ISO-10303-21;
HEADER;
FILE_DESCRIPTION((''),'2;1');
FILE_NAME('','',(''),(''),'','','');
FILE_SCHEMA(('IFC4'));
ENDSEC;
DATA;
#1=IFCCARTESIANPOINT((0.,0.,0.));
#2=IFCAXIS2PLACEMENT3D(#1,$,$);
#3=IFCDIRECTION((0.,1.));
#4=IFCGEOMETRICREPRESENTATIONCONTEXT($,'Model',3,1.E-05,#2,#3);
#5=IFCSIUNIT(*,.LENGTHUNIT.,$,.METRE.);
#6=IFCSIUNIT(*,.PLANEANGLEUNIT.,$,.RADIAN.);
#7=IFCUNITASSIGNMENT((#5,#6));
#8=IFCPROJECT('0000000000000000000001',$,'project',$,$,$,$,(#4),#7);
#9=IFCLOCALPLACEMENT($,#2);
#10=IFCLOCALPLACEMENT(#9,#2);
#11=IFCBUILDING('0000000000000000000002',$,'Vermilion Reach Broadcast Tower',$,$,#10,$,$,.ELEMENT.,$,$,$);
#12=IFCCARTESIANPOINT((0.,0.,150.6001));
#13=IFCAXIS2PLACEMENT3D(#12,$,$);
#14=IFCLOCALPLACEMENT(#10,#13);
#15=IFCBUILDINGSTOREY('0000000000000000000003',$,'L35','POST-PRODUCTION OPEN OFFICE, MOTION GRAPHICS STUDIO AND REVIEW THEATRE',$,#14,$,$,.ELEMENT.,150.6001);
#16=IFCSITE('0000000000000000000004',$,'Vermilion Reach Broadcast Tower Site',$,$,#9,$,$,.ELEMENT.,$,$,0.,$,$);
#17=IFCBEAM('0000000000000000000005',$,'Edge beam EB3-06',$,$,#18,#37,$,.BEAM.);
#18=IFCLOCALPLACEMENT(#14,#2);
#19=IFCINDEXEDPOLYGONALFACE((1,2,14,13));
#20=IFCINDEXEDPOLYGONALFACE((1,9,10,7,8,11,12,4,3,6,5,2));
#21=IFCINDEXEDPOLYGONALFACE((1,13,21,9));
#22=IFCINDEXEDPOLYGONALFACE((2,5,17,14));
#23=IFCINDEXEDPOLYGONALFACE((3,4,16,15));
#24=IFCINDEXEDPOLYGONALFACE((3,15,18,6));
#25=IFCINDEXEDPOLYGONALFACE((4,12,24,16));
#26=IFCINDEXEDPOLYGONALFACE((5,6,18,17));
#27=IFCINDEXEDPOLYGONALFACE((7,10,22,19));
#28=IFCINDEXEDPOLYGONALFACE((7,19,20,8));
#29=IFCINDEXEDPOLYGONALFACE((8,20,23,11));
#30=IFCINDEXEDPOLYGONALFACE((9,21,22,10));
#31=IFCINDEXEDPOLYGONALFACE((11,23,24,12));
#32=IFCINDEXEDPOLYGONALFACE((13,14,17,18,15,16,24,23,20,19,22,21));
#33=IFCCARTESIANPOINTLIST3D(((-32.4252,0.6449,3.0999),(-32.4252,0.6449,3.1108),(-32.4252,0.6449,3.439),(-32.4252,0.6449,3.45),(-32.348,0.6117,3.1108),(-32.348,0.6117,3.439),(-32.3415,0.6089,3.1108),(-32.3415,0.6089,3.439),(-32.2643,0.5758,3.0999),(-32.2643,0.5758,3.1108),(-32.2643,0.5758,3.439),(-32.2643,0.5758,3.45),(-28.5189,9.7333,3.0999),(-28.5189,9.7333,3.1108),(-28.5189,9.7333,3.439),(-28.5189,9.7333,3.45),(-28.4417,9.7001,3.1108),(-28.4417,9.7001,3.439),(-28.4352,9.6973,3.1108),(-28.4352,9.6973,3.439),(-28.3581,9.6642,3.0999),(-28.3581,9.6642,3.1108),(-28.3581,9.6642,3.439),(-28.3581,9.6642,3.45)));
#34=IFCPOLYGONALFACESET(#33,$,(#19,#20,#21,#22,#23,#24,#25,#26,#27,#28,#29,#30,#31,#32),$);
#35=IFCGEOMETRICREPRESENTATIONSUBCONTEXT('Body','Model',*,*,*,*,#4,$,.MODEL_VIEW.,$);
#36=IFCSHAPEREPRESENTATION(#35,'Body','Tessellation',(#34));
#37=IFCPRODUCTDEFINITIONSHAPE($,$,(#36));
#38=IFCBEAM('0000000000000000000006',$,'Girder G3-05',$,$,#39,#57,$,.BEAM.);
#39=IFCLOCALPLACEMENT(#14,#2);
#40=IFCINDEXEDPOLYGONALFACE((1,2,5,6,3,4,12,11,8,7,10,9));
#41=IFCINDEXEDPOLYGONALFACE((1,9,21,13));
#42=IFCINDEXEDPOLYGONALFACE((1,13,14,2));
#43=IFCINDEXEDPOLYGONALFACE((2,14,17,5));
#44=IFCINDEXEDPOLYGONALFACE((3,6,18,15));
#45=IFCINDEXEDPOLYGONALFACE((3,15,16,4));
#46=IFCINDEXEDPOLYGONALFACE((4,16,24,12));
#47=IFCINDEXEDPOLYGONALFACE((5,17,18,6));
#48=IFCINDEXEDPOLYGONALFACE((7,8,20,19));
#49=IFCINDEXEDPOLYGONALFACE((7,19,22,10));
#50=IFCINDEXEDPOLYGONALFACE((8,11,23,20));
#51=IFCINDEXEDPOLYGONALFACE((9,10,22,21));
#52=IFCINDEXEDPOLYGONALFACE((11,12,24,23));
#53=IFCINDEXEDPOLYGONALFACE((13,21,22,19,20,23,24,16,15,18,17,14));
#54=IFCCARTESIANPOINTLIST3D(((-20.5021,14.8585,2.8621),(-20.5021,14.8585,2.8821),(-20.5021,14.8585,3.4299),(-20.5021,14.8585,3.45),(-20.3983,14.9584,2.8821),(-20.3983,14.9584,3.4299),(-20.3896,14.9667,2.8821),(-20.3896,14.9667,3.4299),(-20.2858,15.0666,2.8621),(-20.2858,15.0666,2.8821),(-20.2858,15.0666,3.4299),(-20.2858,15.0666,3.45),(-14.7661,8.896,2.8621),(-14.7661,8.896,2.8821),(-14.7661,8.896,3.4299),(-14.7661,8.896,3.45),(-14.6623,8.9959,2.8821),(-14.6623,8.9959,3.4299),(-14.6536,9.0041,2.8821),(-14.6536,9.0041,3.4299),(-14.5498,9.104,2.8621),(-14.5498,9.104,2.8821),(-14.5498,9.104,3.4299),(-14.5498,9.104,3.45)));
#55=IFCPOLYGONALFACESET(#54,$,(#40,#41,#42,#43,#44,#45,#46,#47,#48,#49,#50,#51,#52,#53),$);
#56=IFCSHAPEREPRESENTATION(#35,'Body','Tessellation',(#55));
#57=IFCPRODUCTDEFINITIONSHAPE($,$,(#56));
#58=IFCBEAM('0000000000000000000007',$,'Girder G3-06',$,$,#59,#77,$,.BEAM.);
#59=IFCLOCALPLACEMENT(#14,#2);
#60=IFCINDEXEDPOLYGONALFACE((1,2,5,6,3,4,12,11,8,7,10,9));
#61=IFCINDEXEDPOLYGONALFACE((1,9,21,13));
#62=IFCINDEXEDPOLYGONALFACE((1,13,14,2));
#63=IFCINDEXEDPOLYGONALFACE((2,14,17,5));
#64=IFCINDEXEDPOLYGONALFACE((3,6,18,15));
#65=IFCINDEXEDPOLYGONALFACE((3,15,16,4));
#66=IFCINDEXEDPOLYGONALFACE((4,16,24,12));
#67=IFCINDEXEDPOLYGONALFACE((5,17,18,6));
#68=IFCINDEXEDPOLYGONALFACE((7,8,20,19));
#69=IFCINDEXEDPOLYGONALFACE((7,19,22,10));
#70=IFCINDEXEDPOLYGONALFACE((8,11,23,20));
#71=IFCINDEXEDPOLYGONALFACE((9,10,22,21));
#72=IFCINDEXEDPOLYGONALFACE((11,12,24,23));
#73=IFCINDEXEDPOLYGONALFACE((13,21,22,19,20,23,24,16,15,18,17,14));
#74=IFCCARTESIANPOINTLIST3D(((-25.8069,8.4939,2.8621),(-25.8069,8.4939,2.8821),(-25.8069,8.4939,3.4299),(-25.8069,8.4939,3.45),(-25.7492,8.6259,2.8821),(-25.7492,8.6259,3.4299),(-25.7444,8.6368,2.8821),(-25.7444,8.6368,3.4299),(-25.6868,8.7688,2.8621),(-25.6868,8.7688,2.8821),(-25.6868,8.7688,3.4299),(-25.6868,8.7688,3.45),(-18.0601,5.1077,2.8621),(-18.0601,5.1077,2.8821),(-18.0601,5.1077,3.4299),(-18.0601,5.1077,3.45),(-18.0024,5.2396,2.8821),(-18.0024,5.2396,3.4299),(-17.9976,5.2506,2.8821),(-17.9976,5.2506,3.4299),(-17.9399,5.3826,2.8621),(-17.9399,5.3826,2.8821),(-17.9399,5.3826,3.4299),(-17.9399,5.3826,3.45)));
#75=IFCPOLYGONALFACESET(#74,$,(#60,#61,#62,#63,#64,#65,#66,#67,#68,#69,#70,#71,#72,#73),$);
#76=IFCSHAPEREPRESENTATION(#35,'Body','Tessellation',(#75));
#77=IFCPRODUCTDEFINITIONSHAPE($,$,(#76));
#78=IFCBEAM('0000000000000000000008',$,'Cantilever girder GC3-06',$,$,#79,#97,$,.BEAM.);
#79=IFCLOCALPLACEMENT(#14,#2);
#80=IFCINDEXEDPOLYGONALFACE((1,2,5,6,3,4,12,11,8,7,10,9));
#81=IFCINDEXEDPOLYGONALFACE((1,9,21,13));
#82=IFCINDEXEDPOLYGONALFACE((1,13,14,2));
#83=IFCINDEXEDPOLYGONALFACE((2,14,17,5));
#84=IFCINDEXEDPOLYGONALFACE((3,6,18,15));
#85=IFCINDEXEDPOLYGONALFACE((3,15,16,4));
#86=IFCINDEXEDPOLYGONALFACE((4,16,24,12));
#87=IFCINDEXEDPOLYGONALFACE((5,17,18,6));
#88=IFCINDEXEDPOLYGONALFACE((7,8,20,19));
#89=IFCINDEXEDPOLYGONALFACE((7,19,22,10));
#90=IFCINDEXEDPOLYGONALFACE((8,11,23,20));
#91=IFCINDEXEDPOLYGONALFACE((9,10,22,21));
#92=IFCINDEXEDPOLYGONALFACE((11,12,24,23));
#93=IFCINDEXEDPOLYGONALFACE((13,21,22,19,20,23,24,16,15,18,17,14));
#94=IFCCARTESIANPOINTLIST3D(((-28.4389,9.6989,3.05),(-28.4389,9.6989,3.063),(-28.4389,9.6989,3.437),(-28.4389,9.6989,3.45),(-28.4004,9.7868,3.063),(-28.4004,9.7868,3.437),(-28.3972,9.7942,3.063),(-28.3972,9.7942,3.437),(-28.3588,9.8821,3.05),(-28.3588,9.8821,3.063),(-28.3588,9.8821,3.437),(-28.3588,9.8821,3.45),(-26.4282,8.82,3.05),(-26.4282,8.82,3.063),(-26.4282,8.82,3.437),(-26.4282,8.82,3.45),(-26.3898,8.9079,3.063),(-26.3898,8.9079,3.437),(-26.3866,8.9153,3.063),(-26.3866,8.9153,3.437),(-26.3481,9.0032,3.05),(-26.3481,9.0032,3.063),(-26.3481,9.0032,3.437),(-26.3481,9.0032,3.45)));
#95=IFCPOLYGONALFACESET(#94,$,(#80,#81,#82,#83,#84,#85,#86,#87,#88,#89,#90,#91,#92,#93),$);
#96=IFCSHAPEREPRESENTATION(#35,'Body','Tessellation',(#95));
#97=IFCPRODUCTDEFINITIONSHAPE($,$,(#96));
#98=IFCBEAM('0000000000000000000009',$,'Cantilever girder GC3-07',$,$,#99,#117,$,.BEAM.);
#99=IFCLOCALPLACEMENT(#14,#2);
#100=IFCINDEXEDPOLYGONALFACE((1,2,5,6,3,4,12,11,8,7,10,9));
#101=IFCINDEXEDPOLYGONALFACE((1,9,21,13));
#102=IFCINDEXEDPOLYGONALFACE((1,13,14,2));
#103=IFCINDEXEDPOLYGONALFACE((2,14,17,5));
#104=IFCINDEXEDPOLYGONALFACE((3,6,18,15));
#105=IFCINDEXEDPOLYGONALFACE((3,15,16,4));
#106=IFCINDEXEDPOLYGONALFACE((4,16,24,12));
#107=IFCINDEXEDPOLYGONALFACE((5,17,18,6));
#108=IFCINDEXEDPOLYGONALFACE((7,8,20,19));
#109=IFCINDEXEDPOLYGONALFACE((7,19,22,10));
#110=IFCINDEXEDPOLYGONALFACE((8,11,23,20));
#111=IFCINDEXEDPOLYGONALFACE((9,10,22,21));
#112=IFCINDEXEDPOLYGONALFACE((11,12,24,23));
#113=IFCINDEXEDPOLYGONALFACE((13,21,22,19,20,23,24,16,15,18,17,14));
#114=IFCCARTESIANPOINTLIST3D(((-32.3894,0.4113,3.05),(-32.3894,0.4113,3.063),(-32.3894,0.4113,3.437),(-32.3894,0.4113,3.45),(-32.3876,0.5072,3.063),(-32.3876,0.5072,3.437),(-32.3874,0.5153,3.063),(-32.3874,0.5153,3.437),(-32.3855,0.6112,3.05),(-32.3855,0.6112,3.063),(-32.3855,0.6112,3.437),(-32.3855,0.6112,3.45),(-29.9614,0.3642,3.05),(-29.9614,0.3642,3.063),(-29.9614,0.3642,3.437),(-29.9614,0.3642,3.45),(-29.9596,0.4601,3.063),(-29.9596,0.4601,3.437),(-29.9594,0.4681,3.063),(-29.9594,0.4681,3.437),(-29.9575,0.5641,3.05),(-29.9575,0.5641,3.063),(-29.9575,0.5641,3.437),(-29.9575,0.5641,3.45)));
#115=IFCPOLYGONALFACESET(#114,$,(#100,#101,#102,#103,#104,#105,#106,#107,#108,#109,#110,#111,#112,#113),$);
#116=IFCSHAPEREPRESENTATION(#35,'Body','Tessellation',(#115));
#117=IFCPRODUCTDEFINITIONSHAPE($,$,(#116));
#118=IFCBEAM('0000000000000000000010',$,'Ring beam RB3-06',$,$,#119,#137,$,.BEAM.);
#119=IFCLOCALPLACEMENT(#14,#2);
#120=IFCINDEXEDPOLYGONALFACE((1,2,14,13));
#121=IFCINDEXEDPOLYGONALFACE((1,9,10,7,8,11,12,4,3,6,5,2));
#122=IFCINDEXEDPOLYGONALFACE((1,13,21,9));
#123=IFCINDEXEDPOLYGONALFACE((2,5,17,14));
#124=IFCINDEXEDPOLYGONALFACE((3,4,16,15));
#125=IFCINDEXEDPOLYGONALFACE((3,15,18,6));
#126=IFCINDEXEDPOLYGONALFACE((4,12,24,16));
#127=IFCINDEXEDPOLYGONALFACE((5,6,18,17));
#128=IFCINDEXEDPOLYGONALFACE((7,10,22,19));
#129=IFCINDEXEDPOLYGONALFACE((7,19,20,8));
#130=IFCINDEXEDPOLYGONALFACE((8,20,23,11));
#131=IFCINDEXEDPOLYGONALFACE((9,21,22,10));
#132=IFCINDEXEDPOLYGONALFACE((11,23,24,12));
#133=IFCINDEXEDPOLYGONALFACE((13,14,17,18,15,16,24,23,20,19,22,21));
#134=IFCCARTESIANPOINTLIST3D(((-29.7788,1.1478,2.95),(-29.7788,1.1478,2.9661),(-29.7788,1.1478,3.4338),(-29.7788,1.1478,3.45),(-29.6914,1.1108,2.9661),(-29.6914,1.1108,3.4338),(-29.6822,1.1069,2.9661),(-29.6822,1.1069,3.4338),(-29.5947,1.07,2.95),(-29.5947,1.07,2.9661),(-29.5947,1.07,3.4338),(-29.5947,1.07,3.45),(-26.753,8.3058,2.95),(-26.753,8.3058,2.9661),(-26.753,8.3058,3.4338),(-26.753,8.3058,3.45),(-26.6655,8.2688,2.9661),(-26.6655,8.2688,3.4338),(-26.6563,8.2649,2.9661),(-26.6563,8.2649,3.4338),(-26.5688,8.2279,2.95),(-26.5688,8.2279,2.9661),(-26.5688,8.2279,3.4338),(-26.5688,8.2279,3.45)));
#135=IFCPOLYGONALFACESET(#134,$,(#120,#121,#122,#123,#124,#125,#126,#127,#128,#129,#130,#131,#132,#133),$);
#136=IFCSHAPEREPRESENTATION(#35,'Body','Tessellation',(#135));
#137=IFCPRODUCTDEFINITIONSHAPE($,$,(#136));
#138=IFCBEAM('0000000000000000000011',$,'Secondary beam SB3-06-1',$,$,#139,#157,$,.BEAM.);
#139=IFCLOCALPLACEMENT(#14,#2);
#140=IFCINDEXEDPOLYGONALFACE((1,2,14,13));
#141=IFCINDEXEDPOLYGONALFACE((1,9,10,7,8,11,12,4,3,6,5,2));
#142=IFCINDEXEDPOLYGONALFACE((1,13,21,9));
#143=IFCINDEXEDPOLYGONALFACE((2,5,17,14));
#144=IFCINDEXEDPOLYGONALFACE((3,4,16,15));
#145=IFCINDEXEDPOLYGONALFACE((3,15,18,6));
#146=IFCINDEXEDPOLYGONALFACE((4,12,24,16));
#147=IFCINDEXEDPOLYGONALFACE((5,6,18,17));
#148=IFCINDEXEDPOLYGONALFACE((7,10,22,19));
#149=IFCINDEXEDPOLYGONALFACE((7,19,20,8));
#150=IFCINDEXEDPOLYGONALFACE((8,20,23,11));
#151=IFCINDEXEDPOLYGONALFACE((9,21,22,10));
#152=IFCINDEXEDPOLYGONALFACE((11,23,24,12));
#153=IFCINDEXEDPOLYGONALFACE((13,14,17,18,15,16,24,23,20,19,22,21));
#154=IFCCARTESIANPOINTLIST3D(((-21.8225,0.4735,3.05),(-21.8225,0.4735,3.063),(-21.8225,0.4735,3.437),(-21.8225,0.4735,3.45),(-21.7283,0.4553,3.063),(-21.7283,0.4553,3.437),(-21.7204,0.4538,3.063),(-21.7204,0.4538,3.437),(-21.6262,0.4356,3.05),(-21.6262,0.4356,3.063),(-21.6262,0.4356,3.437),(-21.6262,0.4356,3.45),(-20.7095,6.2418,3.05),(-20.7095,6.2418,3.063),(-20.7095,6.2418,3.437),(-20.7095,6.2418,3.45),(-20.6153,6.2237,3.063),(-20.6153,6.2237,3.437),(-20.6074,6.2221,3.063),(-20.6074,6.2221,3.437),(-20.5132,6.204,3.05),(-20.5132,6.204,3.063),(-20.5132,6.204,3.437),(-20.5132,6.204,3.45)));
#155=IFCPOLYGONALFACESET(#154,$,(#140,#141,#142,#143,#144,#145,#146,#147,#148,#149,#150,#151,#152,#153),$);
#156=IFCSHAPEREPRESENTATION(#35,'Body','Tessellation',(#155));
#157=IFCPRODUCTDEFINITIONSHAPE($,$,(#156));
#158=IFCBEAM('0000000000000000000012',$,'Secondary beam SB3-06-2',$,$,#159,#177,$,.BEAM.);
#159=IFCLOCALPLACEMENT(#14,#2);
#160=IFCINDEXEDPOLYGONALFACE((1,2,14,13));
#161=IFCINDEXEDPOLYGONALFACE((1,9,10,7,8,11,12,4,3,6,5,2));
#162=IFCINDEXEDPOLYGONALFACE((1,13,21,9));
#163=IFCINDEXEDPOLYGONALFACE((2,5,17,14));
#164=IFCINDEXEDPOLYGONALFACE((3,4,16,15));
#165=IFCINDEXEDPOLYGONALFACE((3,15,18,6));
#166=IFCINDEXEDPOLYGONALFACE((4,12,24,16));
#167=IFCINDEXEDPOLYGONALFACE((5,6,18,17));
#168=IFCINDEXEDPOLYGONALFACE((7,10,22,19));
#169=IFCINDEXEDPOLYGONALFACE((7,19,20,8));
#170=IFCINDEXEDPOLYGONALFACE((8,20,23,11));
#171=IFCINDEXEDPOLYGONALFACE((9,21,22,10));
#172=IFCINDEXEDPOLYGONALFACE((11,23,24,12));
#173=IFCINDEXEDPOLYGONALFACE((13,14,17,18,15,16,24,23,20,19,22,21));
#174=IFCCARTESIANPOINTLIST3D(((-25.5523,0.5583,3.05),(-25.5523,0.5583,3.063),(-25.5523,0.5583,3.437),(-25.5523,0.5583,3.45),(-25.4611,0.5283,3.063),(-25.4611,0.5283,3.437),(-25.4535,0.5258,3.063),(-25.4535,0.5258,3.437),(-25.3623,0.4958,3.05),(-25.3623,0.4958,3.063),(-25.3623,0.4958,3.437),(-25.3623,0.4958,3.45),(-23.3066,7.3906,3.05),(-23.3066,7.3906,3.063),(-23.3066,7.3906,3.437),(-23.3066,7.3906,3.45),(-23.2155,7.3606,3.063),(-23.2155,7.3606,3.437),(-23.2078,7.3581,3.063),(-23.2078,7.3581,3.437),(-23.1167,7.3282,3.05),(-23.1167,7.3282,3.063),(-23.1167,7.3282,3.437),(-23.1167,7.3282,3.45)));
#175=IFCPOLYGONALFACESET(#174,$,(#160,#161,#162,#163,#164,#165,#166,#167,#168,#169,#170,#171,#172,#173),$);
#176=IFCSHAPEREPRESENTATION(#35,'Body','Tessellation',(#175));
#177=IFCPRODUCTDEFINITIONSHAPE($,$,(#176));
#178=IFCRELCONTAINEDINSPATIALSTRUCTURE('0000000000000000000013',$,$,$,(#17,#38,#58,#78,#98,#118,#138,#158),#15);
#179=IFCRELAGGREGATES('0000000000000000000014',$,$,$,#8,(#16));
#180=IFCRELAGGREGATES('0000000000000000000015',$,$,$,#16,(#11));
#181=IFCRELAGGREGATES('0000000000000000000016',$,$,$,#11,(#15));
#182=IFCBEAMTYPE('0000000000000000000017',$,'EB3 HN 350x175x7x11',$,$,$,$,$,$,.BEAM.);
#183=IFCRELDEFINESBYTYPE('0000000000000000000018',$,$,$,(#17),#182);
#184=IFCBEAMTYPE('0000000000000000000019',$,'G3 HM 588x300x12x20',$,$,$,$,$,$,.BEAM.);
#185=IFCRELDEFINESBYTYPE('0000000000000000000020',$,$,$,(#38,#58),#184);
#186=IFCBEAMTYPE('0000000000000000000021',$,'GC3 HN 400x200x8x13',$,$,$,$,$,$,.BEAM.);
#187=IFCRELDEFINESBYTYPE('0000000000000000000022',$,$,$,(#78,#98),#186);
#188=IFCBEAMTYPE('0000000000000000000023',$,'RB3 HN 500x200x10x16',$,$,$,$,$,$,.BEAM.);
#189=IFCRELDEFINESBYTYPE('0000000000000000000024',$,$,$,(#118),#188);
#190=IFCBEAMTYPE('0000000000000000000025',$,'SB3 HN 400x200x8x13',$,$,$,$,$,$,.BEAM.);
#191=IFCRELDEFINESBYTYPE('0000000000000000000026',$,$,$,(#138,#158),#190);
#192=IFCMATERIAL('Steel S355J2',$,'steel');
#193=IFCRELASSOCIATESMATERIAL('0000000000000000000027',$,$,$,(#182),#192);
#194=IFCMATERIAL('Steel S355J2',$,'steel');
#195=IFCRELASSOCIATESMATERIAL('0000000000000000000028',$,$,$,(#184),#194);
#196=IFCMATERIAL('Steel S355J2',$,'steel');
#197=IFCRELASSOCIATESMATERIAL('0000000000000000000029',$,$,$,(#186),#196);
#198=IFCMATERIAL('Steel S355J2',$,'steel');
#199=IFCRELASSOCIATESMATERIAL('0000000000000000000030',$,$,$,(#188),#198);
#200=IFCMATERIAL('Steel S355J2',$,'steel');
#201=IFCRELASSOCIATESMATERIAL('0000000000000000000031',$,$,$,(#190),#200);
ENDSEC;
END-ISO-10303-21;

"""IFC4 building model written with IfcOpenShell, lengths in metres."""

from ifc_helpers import new_model, si_unit, direction, frame, origin, origin_2d, place, context, subcontext, project, spatial, i_section, extrude, material, material_profile, profile_set, type_object, element, save


model = new_model("IFC4")

# Units and contexts
model_context = context("Model", 3, precision=1e-05, world=origin(), true_north=direction((0.0, 1.0)))
body_context = subcontext(model_context, "Body", "Model", "MODEL_VIEW")
ifc_project = project(units=[si_unit("LENGTHUNIT", "METRE"), si_unit("PLANEANGLEUNIT", "RADIAN")], contexts=[model_context])

# Site, building, storey
site_placement = place(None, origin())
site = spatial("IfcSite", under=ifc_project, at=site_placement, Name="Vermilion Reach Broadcast Tower Site", CompositionType="ELEMENT", RefElevation=0.0)
building_placement = place(site_placement, origin())
building = spatial("IfcBuilding", under=site, at=building_placement, Name="Vermilion Reach Broadcast Tower", CompositionType="ELEMENT")
storey_placement = place(building_placement, frame((0.0, 0.0, 150.6001)))
storey = spatial("IfcBuildingStorey", under=building, at=storey_placement, Name="L35", Description="POST-PRODUCTION OPEN OFFICE, MOTION GRAPHICS STUDIO AND REVIEW THEATRE", CompositionType="ELEMENT", Elevation=150.6001)

# Beams
ifc_material_1 = material(Name="Steel S355J2", Category="steel")
ifc_material_profile_1 = material_profile(ifc_material_1, i_section(OverallWidth=0.175, OverallDepth=0.3501, WebThickness=0.0071, FlangeThickness=0.011, at=origin_2d()), Name="S355J2 HN 350x175x7x11")
ifc_profile_set_1 = profile_set([ifc_material_profile_1], Name="Steel S355J2")
beam_type_1 = type_object("IfcBeamType", Name="EB3 HN 350x175x7x11", PredefinedType="BEAM", material=ifc_profile_set_1)
beam_1_placement = place(storey_placement, frame((-28.4385, 9.6987, 3.2749), z_axis=(-0.394878, -0.918733, 0.0), x_axis=(0.918733, -0.394878, 0.0)))
element("IfcBeam", 1, at=beam_1_placement, inside=storey, type_object=beam_type_1, Name="Edge beam EB3-06", PredefinedType="BEAM", context=body_context, shape_type="SweptSolid", body=[
    extrude(i_section(OverallWidth=0.175, OverallDepth=0.3501, WebThickness=0.0071, FlangeThickness=0.011, at=origin_2d()), origin(), (0.0, 0.0, 1.0), 9.8923),
])
ifc_material_2 = material(Name="Steel S355J2", Category="steel")
ifc_material_profile_2 = material_profile(ifc_material_2, i_section(OverallWidth=0.3, OverallDepth=0.5879, WebThickness=0.012, FlangeThickness=0.02, at=origin_2d()), Name="S355J2 HM 588x300x12x20")
ifc_profile_set_2 = profile_set([ifc_material_profile_2], Name="Steel S355J2")
beam_type_2 = type_object("IfcBeamType", Name="G3 HM 588x300x12x20", PredefinedType="BEAM", material=ifc_profile_set_2)
beam_2_placement = place(storey_placement, frame((-14.658, 9.0, 3.156), z_axis=(-0.693283, 0.720666, 0.0), x_axis=(-0.720666, -0.693283, 0.0)))
element("IfcBeam", 2, at=beam_2_placement, inside=storey, type_object=beam_type_2, Name="Girder G3-05", PredefinedType="BEAM", context=body_context, shape_type="SweptSolid", body=[
    extrude(i_section(OverallWidth=0.3, OverallDepth=0.5879, WebThickness=0.012, FlangeThickness=0.02, at=origin_2d()), origin(), (0.0, 0.0, 1.0), 8.2737),
])
beam_3_placement = place(storey_placement, frame((-18.0, 5.2451, 3.156), z_axis=(-0.916288, 0.40052, 0.0), x_axis=(-0.40052, -0.916288, 0.0)))
element("IfcBeam", 3, at=beam_3_placement, inside=storey, type_object=beam_type_2, Name="Girder G3-06", PredefinedType="BEAM", context=body_context, shape_type="SweptSolid", body=[
    extrude(i_section(OverallWidth=0.3, OverallDepth=0.5879, WebThickness=0.012, FlangeThickness=0.02, at=origin_2d()), origin(), (0.0, 0.0, 1.0), 8.4546),
])
ifc_material_3 = material(Name="Steel S355J2", Category="steel")
ifc_material_profile_3 = material_profile(ifc_material_3, i_section(OverallWidth=0.2, OverallDepth=0.3999, WebThickness=0.0081, FlangeThickness=0.0129, at=origin_2d()), Name="S355J2 HN 400x200x8x13")
ifc_profile_set_3 = profile_set([ifc_material_profile_3], Name="Steel S355J2")
beam_type_3 = type_object("IfcBeamType", Name="GC3 HN 400x200x8x13", PredefinedType="BEAM", material=ifc_profile_set_3)
beam_4_placement = place(storey_placement, frame((-26.3882, 8.9116, 3.25), z_axis=(-0.91629, 0.400515, 0.0), x_axis=(-0.400515, -0.91629, 0.0)))
element("IfcBeam", 4, at=beam_4_placement, inside=storey, type_object=beam_type_3, Name="Cantilever girder GC3-06", PredefinedType="BEAM", context=body_context, shape_type="SweptSolid", body=[
    extrude(i_section(OverallWidth=0.2, OverallDepth=0.3999, WebThickness=0.0081, FlangeThickness=0.0129, at=origin_2d()), origin(), (0.0, 0.0, 1.0), 2.1943),
])
beam_5_placement = place(storey_placement, frame((-29.9595, 0.4641, 3.25), z_axis=(-0.999812, 0.019403, 0.0), x_axis=(-0.019403, -0.999812, 0.0)))
element("IfcBeam", 5, at=beam_5_placement, inside=storey, type_object=beam_type_3, Name="Cantilever girder GC3-07", PredefinedType="BEAM", context=body_context, shape_type="SweptSolid", body=[
    extrude(i_section(OverallWidth=0.2, OverallDepth=0.3999, WebThickness=0.0081, FlangeThickness=0.0129, at=origin_2d()), origin(), (0.0, 0.0, 1.0), 2.4285),
])
ifc_material_4 = material(Name="Steel S355J2", Category="steel")
ifc_material_profile_4 = material_profile(ifc_material_4, i_section(OverallWidth=0.2, OverallDepth=0.5, WebThickness=0.01, FlangeThickness=0.0161, at=origin_2d()), Name="S355J2 HN 500x200x10x16")
ifc_profile_set_4 = profile_set([ifc_material_profile_4], Name="Steel S355J2")
beam_type_4 = type_object("IfcBeamType", Name="RB3 HN 500x200x10x16", PredefinedType="BEAM", material=ifc_profile_set_4)
beam_6_placement = place(storey_placement, frame((-26.6609, 8.2668, 3.2), z_axis=(-0.389368, -0.921082, 0.0), x_axis=(0.921082, -0.389368, 0.0)))
element("IfcBeam", 6, at=beam_6_placement, inside=storey, type_object=beam_type_4, Name="Ring beam RB3-06", PredefinedType="BEAM", context=body_context, shape_type="SweptSolid", body=[
    extrude(i_section(OverallWidth=0.2, OverallDepth=0.5, WebThickness=0.01, FlangeThickness=0.0161, at=origin_2d()), origin(), (0.0, 0.0, 1.0), 7.7712),
])
ifc_material_5 = material(Name="Steel S355J2", Category="steel")
ifc_material_profile_5 = material_profile(ifc_material_5, i_section(OverallWidth=0.2, OverallDepth=0.3999, WebThickness=0.0081, FlangeThickness=0.0129, at=origin_2d()), Name="S355J2 HN 400x200x8x13")
ifc_profile_set_5 = profile_set([ifc_material_profile_5], Name="Steel S355J2")
beam_type_5 = type_object("IfcBeamType", Name="SB3 HN 400x200x8x13", PredefinedType="BEAM", material=ifc_profile_set_5)
beam_7_placement = place(storey_placement, frame((-20.6113, 6.2229, 3.25), z_axis=(-0.189462, -0.981888, 0.0), x_axis=(0.981888, -0.189462, 0.0)))
element("IfcBeam", 7, at=beam_7_placement, inside=storey, type_object=beam_type_5, Name="Secondary beam SB3-06-1", PredefinedType="BEAM", context=body_context, shape_type="SweptSolid", body=[
    extrude(i_section(OverallWidth=0.2, OverallDepth=0.3999, WebThickness=0.0081, FlangeThickness=0.0129, at=origin_2d()), origin(), (0.0, 0.0, 1.0), 5.8748),
])
beam_8_placement = place(storey_placement, frame((-23.2117, 7.3594, 3.25), z_axis=(-0.312243, -0.950002, 0.0), x_axis=(0.950002, -0.312243, 0.0)))
element("IfcBeam", 8, at=beam_8_placement, inside=storey, type_object=beam_type_5, Name="Secondary beam SB3-06-2", PredefinedType="BEAM", context=body_context, shape_type="SweptSolid", body=[
    extrude(i_section(OverallWidth=0.2, OverallDepth=0.3999, WebThickness=0.0081, FlangeThickness=0.0129, at=origin_2d()), origin(), (0.0, 0.0, 1.0), 7.1919),
])

save(model, "model.ifc")
